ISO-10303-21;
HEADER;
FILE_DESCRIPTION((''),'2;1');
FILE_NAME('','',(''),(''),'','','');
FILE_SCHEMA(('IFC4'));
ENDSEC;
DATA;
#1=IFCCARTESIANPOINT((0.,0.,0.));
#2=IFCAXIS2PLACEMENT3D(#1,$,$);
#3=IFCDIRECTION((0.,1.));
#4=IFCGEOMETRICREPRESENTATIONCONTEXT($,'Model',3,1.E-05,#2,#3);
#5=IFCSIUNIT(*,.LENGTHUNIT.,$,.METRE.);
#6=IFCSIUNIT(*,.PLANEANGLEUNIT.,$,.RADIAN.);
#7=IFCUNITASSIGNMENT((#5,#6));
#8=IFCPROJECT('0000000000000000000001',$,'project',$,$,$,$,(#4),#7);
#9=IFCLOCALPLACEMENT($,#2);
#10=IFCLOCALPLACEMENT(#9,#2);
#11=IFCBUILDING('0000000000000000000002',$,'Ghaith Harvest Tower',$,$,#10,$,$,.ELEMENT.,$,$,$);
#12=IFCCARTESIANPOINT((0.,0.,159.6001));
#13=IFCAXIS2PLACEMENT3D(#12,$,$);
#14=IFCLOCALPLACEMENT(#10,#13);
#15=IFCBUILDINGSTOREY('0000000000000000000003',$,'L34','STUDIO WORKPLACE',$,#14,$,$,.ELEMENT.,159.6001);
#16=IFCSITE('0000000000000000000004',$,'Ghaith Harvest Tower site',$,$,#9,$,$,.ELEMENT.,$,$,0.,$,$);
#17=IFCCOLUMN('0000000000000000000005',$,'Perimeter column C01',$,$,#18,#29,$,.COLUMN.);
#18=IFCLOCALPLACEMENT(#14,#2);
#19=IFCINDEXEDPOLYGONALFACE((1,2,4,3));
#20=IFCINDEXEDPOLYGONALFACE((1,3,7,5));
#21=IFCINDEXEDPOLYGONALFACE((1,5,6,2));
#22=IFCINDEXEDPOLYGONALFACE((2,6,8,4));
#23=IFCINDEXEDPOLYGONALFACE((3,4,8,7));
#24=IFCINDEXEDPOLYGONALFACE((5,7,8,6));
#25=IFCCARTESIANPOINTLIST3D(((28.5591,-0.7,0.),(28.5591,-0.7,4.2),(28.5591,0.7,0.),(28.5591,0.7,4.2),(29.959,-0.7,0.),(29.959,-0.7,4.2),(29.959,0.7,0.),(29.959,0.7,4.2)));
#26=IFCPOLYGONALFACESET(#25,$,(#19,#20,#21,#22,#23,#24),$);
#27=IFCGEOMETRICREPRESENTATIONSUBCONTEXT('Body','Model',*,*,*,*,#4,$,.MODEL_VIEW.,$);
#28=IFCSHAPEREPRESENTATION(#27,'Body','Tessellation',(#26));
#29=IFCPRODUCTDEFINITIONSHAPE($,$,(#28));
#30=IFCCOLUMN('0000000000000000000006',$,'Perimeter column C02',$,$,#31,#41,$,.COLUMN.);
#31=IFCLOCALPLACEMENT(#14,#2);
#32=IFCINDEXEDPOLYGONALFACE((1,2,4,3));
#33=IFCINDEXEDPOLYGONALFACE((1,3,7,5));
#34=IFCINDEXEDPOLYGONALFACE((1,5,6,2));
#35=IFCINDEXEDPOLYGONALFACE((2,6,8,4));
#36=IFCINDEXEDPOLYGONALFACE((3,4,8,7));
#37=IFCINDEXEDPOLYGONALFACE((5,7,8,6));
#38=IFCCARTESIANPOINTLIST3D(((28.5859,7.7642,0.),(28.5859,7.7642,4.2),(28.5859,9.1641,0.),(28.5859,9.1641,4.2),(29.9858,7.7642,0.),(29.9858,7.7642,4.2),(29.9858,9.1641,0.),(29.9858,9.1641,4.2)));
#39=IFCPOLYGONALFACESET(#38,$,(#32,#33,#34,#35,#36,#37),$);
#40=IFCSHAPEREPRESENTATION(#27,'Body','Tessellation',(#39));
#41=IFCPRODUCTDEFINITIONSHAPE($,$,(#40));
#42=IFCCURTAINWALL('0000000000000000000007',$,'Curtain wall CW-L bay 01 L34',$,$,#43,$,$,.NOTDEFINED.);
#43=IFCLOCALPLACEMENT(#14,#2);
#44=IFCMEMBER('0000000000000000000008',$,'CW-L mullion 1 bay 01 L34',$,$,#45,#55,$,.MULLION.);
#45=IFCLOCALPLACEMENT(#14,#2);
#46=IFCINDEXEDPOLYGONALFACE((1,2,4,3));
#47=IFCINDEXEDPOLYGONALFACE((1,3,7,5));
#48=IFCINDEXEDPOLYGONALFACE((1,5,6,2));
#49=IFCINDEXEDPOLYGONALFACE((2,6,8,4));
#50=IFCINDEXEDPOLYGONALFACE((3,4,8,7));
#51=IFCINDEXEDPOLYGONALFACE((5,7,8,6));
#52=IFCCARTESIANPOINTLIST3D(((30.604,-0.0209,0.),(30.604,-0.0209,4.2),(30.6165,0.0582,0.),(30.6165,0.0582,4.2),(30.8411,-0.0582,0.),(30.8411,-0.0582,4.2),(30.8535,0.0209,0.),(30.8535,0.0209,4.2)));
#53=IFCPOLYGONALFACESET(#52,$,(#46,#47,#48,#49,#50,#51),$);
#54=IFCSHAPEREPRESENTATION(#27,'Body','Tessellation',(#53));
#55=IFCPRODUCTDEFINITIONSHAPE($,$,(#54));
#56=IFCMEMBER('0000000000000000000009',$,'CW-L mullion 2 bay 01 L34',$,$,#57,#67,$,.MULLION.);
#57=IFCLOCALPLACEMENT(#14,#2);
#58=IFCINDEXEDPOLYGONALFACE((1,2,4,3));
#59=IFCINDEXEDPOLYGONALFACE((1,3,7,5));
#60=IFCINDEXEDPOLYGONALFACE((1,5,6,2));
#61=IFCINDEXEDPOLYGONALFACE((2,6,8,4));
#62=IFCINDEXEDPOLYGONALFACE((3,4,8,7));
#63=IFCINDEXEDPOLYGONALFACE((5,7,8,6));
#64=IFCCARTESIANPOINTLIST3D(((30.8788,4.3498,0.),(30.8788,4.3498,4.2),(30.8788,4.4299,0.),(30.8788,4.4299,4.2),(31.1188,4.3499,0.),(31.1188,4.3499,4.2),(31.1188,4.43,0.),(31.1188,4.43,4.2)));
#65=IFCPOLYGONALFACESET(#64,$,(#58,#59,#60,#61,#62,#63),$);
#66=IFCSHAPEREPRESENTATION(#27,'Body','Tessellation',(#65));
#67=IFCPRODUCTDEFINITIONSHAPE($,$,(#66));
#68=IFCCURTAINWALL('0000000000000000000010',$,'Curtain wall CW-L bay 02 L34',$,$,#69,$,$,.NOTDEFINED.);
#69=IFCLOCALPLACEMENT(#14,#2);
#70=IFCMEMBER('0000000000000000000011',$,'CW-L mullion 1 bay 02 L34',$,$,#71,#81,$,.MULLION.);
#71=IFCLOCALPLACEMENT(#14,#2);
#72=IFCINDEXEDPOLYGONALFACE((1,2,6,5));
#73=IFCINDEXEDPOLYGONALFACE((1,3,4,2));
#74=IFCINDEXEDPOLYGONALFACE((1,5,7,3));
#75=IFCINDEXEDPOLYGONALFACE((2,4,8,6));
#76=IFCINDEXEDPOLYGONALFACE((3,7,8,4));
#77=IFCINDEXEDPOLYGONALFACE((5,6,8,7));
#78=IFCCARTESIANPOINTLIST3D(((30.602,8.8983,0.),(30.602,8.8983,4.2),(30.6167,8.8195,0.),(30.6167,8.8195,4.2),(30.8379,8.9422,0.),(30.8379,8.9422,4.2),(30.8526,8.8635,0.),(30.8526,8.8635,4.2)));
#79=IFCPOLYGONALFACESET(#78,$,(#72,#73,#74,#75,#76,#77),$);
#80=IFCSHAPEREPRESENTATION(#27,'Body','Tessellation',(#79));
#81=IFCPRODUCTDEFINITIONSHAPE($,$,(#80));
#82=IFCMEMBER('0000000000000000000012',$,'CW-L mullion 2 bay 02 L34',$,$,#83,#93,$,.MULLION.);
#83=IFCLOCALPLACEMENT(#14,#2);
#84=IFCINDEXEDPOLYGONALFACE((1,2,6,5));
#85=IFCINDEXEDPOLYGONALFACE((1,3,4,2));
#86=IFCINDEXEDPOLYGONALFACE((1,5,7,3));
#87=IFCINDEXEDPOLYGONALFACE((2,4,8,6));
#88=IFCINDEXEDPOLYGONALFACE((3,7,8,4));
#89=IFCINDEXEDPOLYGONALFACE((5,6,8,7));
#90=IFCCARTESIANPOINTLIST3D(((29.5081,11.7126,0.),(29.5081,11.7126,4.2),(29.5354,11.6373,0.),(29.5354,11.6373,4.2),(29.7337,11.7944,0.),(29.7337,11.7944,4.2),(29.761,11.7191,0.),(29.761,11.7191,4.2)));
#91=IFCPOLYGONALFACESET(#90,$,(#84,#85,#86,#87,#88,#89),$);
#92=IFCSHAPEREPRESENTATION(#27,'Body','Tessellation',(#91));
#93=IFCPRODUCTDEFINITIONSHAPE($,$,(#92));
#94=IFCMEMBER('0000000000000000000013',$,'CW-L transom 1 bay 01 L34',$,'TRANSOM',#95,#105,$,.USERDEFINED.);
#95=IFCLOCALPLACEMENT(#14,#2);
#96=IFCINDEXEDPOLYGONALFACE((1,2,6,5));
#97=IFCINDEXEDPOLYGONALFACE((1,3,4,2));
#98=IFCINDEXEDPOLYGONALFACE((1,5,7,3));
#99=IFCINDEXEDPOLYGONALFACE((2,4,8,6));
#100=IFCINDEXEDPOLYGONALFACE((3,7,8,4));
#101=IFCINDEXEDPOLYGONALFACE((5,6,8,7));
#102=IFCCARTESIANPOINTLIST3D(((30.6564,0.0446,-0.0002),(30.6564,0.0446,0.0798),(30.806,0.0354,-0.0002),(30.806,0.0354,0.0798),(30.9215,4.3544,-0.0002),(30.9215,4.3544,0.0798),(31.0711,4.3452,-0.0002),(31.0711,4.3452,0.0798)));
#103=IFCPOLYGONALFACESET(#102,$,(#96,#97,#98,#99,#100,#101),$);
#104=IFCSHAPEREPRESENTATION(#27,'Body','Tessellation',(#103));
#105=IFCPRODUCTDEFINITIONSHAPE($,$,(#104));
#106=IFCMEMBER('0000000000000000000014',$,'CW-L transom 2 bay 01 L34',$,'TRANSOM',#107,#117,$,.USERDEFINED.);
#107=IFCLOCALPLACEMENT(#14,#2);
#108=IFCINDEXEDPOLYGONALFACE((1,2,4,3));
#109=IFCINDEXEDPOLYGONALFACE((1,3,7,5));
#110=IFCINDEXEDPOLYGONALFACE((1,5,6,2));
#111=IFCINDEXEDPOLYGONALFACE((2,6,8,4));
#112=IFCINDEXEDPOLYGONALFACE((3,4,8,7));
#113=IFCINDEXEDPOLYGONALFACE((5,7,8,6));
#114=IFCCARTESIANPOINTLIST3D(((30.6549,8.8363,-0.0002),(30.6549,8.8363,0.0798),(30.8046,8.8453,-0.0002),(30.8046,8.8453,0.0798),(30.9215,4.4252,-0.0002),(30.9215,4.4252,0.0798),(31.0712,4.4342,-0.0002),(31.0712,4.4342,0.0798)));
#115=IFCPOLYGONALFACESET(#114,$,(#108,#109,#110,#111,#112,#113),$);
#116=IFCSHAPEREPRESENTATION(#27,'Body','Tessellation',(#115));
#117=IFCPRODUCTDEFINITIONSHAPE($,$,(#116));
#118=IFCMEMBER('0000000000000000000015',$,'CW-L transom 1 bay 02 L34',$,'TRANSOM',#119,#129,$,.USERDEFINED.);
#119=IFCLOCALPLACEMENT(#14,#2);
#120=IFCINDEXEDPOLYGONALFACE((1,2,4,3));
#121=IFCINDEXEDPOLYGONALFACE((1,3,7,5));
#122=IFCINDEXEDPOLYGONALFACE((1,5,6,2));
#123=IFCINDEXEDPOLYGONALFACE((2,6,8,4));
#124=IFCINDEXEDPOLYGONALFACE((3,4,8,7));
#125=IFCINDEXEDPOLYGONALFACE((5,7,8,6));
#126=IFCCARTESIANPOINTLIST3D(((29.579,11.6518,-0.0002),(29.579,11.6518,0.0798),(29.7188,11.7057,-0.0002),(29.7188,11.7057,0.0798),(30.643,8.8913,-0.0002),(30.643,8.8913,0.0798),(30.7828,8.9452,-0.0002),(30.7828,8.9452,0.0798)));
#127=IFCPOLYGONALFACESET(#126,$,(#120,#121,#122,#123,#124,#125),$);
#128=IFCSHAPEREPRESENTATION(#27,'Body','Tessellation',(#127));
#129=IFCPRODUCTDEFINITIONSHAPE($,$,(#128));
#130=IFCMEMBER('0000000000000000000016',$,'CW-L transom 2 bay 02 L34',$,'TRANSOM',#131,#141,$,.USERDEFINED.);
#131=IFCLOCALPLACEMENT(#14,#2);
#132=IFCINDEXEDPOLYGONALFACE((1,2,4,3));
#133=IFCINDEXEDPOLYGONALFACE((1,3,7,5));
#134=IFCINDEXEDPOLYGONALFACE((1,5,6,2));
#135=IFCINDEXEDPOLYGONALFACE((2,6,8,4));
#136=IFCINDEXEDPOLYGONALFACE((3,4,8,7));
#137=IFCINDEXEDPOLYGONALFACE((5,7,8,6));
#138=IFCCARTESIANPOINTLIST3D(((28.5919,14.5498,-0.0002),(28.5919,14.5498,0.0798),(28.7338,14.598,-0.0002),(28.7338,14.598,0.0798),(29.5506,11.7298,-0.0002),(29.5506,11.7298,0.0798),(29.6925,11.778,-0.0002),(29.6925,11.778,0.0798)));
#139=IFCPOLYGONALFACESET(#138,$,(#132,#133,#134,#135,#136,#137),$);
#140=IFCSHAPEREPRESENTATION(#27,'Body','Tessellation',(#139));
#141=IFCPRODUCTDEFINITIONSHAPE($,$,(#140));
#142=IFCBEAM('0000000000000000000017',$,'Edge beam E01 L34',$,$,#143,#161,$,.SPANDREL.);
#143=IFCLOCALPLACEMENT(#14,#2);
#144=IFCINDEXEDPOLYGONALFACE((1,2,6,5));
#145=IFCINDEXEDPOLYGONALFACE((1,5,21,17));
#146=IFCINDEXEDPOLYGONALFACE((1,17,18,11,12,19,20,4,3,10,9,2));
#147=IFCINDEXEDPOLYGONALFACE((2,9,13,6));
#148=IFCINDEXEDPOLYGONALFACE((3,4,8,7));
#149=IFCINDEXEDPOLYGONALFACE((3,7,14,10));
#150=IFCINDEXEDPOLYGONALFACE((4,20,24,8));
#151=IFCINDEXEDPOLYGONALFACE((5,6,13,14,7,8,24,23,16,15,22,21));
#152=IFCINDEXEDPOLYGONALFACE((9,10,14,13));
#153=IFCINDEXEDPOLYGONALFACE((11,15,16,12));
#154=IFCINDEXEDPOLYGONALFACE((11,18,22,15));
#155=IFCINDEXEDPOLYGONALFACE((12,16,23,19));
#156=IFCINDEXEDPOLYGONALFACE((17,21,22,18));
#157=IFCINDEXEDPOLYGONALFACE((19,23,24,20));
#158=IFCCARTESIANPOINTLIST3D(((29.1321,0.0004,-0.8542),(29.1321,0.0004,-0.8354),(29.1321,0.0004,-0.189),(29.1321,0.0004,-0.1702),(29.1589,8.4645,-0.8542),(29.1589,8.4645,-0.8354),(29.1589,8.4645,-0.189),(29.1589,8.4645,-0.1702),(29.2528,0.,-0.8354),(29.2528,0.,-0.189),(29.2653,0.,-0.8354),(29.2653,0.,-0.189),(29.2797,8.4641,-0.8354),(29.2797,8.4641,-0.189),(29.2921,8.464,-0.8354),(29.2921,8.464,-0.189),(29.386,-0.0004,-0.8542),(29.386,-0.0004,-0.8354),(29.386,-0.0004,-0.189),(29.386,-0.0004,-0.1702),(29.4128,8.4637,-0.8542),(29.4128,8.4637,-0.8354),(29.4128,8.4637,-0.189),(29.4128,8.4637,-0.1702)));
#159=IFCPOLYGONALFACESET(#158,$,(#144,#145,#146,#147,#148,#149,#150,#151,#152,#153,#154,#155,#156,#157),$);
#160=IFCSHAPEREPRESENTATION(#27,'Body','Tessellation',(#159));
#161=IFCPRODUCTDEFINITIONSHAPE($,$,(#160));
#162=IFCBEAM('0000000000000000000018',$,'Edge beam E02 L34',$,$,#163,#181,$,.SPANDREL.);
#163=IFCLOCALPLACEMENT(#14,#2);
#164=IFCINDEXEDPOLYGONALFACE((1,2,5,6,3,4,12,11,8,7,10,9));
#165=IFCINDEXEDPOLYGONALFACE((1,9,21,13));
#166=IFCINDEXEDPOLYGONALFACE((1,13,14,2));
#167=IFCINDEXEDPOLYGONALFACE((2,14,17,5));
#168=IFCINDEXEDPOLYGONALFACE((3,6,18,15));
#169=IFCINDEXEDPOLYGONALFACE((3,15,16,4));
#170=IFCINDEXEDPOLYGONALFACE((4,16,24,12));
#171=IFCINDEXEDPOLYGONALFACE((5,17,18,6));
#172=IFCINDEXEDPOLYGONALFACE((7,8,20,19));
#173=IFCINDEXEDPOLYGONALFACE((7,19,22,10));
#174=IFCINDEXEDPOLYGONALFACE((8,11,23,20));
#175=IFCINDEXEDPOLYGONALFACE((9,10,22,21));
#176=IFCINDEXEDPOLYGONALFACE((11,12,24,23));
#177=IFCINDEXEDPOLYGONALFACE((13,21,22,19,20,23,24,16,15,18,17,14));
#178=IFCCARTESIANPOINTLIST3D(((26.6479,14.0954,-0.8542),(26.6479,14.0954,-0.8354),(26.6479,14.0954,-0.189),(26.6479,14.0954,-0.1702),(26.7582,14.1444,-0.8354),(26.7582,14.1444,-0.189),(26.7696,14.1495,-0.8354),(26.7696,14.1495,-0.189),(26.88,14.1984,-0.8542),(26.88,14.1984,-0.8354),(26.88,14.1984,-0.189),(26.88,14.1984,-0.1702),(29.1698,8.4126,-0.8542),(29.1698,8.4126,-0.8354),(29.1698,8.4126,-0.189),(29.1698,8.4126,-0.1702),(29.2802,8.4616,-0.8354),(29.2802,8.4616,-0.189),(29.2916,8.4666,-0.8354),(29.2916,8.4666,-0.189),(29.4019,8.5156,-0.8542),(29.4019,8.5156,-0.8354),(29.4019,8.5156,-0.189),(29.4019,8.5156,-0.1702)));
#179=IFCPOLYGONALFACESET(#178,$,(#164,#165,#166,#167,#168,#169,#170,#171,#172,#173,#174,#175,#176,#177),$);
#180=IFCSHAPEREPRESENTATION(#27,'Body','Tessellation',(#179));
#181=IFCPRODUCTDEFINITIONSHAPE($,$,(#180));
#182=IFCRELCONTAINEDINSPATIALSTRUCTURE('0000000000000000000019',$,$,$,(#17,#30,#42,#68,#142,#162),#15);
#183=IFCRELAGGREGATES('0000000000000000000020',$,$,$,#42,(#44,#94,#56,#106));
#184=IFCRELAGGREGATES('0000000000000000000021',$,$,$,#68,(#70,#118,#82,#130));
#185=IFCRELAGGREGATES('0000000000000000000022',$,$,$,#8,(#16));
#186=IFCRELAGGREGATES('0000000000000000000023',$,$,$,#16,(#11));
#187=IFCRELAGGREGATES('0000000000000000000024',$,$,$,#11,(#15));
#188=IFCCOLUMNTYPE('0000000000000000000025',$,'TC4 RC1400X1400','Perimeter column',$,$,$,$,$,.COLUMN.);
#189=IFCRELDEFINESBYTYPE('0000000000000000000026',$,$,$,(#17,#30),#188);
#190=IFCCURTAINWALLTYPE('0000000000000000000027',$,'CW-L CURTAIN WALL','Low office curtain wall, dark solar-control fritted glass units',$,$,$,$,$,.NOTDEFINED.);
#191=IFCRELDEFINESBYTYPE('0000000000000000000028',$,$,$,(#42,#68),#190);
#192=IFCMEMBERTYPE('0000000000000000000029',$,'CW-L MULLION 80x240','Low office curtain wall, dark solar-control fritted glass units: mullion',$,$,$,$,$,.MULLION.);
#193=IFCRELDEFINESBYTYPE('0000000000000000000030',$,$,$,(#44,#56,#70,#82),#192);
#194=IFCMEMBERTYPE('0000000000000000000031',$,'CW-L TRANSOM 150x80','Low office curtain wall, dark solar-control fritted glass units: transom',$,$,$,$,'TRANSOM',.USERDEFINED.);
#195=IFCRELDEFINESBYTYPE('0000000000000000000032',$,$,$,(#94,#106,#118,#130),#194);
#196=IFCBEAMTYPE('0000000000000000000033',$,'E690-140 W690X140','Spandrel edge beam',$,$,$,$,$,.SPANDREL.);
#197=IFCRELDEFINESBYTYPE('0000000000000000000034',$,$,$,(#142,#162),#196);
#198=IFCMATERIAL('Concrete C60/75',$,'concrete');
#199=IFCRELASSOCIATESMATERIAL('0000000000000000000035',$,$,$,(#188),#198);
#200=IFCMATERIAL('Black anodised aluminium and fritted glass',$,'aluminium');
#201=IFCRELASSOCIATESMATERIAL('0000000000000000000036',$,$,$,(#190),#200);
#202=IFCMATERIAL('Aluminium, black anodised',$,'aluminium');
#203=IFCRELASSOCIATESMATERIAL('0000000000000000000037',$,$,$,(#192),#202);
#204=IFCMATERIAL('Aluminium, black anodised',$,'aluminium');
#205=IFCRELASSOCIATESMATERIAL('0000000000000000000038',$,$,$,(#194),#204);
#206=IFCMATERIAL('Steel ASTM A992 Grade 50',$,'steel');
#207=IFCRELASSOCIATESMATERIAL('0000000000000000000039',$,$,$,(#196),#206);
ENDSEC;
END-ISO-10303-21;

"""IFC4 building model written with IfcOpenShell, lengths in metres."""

from ifc_helpers import new_model, si_unit, direction, frame, origin, origin_2d, place, context, subcontext, project, spatial, rectangle, i_section, extrude, material, material_profile, profile_set, type_object, element, aggregate, save


model = new_model("IFC4")

# Units and contexts
model_context = context("Model", 3, precision=1e-05, world=origin(), true_north=direction((0.0, 1.0)))
body_context = subcontext(model_context, "Body", "Model", "MODEL_VIEW")
ifc_project = project(units=[si_unit("LENGTHUNIT", "METRE"), si_unit("PLANEANGLEUNIT", "RADIAN")], contexts=[model_context])

# Site, building, storey
site_placement = place(None, origin())
site = spatial("IfcSite", under=ifc_project, at=site_placement, Name="Ghaith Harvest Tower site", CompositionType="ELEMENT", RefElevation=0.0)
building_placement = place(site_placement, origin())
building = spatial("IfcBuilding", under=site, at=building_placement, Name="Ghaith Harvest Tower", CompositionType="ELEMENT")
storey_placement = place(building_placement, frame((0.0, 0.0, 159.6001)))
storey = spatial("IfcBuildingStorey", under=building, at=storey_placement, Name="L34", Description="STUDIO WORKPLACE", CompositionType="ELEMENT", Elevation=159.6001)

# Columns
ifc_material_1 = material(Name="Concrete C60/75", Category="concrete")
ifc_material_profile_1 = material_profile(ifc_material_1, rectangle(XDim=1.3999, YDim=1.3999, at=origin_2d()), Name="RC1400X1400")
ifc_profile_set_1 = profile_set([ifc_material_profile_1], Name="Concrete C60/75")
column_type = type_object("IfcColumnType", Name="TC4 RC1400X1400", Description="Perimeter column", PredefinedType="COLUMN", material=ifc_profile_set_1)
for number, where, z_axis, x_axis, name in (
    (1, (29.259, 0.0, 0.0), (0.0, 0.0, 1.0), (1.0, 0.0, 0.0), "Perimeter column C01"),
    (2, (29.2859, 8.4641, 0.0), (0.0, 0.0, 1.0), (1.0, 0.0, 0.0), "Perimeter column C02"),
):
    element("IfcColumn", number, at=place(storey_placement, frame(where, z_axis=z_axis, x_axis=x_axis)), inside=storey, type_object=column_type, Name=name, PredefinedType="COLUMN", context=body_context, shape_type="SweptSolid", body=[
        extrude(rectangle(XDim=1.3999, YDim=1.3999, at=origin_2d()), origin(), (0.0, 0.0, 1.0), 4.2),
    ])

# Curtain walls, members
ifc_material_2 = material(Name="Black anodised aluminium and fritted glass", Category="aluminium")
curtain_wall_type = type_object("IfcCurtainWallType", Name="CW-L CURTAIN WALL", Description="Low office curtain wall, dark solar-control fritted glass units", PredefinedType="NOTDEFINED", material=ifc_material_2)
curtain_wall_1_placement = place(storey_placement, origin())
curtain_wall_1 = element("IfcCurtainWall", 3, at=curtain_wall_1_placement, inside=storey, type_object=curtain_wall_type, Name="Curtain wall CW-L bay 01 L34", PredefinedType="NOTDEFINED")
ifc_material_3 = material(Name="Aluminium, black anodised", Category="aluminium")
ifc_material_profile_2 = material_profile(ifc_material_3, rectangle(XDim=0.0801, YDim=0.24, at=origin_2d()), Name="CW-L MULLION 80x240")
ifc_profile_set_2 = profile_set([ifc_material_profile_2], Name="Aluminium, black anodised")
member_type_1 = type_object("IfcMemberType", Name="CW-L MULLION 80x240", Description="Low office curtain wall, dark solar-control fritted glass units: mullion", PredefinedType="MULLION", material=ifc_profile_set_2)
member_1_placement = place(storey_placement, frame((30.7288, 0.0, 0.0), z_axis=(0.0, 0.0, 1.0), x_axis=(0.155597, 0.987821, 0.0)))
member_1 = element("IfcMember", 4, at=member_1_placement, type_object=member_type_1, Name="CW-L mullion 1 bay 01 L34", PredefinedType="MULLION", context=body_context, shape_type="SweptSolid", body=[
    extrude(rectangle(XDim=0.0801, YDim=0.24, at=origin_2d()), origin(), (0.0, 0.0, 1.0), 4.2),
])
member_2_placement = place(storey_placement, frame((30.9988, 4.3899, 0.0), z_axis=(0.0, 0.0, 1.0), x_axis=(-0.000162, 1.0, 0.0)))
member_2 = element("IfcMember", 5, at=member_2_placement, type_object=member_type_1, Name="CW-L mullion 2 bay 01 L34", PredefinedType="MULLION", context=body_context, shape_type="SweptSolid", body=[
    extrude(rectangle(XDim=0.0801, YDim=0.24, at=origin_2d()), origin(), (0.0, 0.0, 1.0), 4.2),
])
curtain_wall_2_placement = place(storey_placement, origin())
curtain_wall_2 = element("IfcCurtainWall", 6, at=curtain_wall_2_placement, inside=storey, type_object=curtain_wall_type, Name="Curtain wall CW-L bay 02 L34", PredefinedType="NOTDEFINED")
member_3_placement = place(storey_placement, frame((30.7273, 8.8809, 0.0), z_axis=(0.0, 0.0, 1.0), x_axis=(-0.18307, 0.9831, 0.0)))
member_3 = element("IfcMember", 7, at=member_3_placement, type_object=member_type_1, Name="CW-L mullion 1 bay 02 L34", PredefinedType="MULLION", context=body_context, shape_type="SweptSolid", body=[
    extrude(rectangle(XDim=0.0801, YDim=0.24, at=origin_2d()), origin(), (0.0, 0.0, 1.0), 4.2),
])
member_4_placement = place(storey_placement, frame((29.6345, 11.7158, 0.0), z_axis=(0.0, 0.0, 1.0), x_axis=(-0.340771, 0.940146, 0.0)))
member_4 = element("IfcMember", 8, at=member_4_placement, type_object=member_type_1, Name="CW-L mullion 2 bay 02 L34", PredefinedType="MULLION", context=body_context, shape_type="SweptSolid", body=[
    extrude(rectangle(XDim=0.0801, YDim=0.24, at=origin_2d()), origin(), (0.0, 0.0, 1.0), 4.2),
])

# Members
ifc_material_4 = material(Name="Aluminium, black anodised", Category="aluminium")
ifc_material_profile_3 = material_profile(ifc_material_4, rectangle(XDim=0.1499, YDim=0.0801, at=origin_2d()), Name="CW-L TRANSOM 150x80")
ifc_profile_set_3 = profile_set([ifc_material_profile_3], Name="Aluminium, black anodised")
member_type_2 = type_object("IfcMemberType", Name="CW-L TRANSOM 150x80", Description="Low office curtain wall, dark solar-control fritted glass units: transom", ElementType="TRANSOM", PredefinedType="USERDEFINED", material=ifc_profile_set_3)
member_5_placement = place(storey_placement, frame((30.7312, 0.04, 0.0398), z_axis=(0.061403, 0.998113, 0.0), x_axis=(-0.998113, 0.061403, 0.0)))
member_5 = element("IfcMember", 9, at=member_5_placement, type_object=member_type_2, Name="CW-L transom 1 bay 01 L34", ObjectType="TRANSOM", PredefinedType="USERDEFINED", context=body_context, shape_type="SweptSolid", body=[
    extrude(rectangle(XDim=0.1499, YDim=0.0801, at=origin_2d()), origin(), (0.0, 0.0, 1.0), 4.3179),
])
member_6_placement = place(storey_placement, frame((30.9963, 4.4297, 0.0398), z_axis=(-0.060328, 0.998179, 0.0), x_axis=(-0.998179, -0.060328, 0.0)))
member_6 = element("IfcMember", 10, at=member_6_placement, type_object=member_type_2, Name="CW-L transom 2 bay 01 L34", ObjectType="TRANSOM", PredefinedType="USERDEFINED", context=body_context, shape_type="SweptSolid", body=[
    extrude(rectangle(XDim=0.1499, YDim=0.0801, at=origin_2d()), origin(), (0.0, 0.0, 1.0), 4.4192),
])
member_7_placement = place(storey_placement, frame((30.7129, 8.9182, 0.0398), z_axis=(-0.359637, 0.933092, 0.0), x_axis=(-0.933092, -0.359637, 0.0)))
member_7 = element("IfcMember", 11, at=member_7_placement, type_object=member_type_2, Name="CW-L transom 1 bay 02 L34", ObjectType="TRANSOM", PredefinedType="USERDEFINED", context=body_context, shape_type="SweptSolid", body=[
    extrude(rectangle(XDim=0.1499, YDim=0.0801, at=origin_2d()), origin(), (0.0, 0.0, 1.0), 2.9585),
])
member_8_placement = place(storey_placement, frame((29.6216, 11.7539, 0.0398), z_axis=(-0.321878, 0.946781, 0.0), x_axis=(-0.946781, -0.321878, 0.0)))
member_8 = element("IfcMember", 12, at=member_8_placement, type_object=member_type_2, Name="CW-L transom 2 bay 02 L34", ObjectType="TRANSOM", PredefinedType="USERDEFINED", context=body_context, shape_type="SweptSolid", body=[
    extrude(rectangle(XDim=0.1499, YDim=0.0801, at=origin_2d()), origin(), (0.0, 0.0, 1.0), 2.9785),
])

# Beams
ifc_material_5 = material(Name="Steel ASTM A992 Grade 50", Category="steel")
ifc_material_profile_4 = material_profile(ifc_material_5, i_section(OverallWidth=0.2539, OverallDepth=0.6841, WebThickness=0.0125, FlangeThickness=0.0188, at=origin_2d()), Name="W690X140")
ifc_profile_set_4 = profile_set([ifc_material_profile_4], Name="Steel ASTM A992 Grade 50")
beam_type = type_object("IfcBeamType", Name="E690-140 W690X140", Description="Spandrel edge beam", PredefinedType="SPANDREL", material=ifc_profile_set_4)
beam_1_placement = place(storey_placement, frame((29.259, 0.0, -0.5122), z_axis=(0.003173, 0.999995, 0.0), x_axis=(-0.999995, 0.003173, 0.0)))
element("IfcBeam", 13, at=beam_1_placement, inside=storey, type_object=beam_type, Name="Edge beam E01 L34", PredefinedType="SPANDREL", context=body_context, shape_type="SweptSolid", body=[
    extrude(i_section(OverallWidth=0.2539, OverallDepth=0.6841, WebThickness=0.0125, FlangeThickness=0.0188, at=origin_2d()), origin(), (0.0, 0.0, 1.0), 8.4641),
])
beam_2_placement = place(storey_placement, frame((29.2859, 8.4641, -0.5122), z_axis=(-0.405636, 0.914035, 0.0), x_axis=(-0.914035, -0.405636, 0.0)))
element("IfcBeam", 14, at=beam_2_placement, inside=storey, type_object=beam_type, Name="Edge beam E02 L34", PredefinedType="SPANDREL", context=body_context, shape_type="SweptSolid", body=[
    extrude(i_section(OverallWidth=0.2539, OverallDepth=0.6841, WebThickness=0.0125, FlangeThickness=0.0188, at=origin_2d()), origin(), (0.0, 0.0, 1.0), 6.2173),
])

aggregate(curtain_wall_1, [member_1, member_5, member_2, member_6])
aggregate(curtain_wall_2, [member_3, member_7, member_4, member_8])

save(model, "model.ifc")
